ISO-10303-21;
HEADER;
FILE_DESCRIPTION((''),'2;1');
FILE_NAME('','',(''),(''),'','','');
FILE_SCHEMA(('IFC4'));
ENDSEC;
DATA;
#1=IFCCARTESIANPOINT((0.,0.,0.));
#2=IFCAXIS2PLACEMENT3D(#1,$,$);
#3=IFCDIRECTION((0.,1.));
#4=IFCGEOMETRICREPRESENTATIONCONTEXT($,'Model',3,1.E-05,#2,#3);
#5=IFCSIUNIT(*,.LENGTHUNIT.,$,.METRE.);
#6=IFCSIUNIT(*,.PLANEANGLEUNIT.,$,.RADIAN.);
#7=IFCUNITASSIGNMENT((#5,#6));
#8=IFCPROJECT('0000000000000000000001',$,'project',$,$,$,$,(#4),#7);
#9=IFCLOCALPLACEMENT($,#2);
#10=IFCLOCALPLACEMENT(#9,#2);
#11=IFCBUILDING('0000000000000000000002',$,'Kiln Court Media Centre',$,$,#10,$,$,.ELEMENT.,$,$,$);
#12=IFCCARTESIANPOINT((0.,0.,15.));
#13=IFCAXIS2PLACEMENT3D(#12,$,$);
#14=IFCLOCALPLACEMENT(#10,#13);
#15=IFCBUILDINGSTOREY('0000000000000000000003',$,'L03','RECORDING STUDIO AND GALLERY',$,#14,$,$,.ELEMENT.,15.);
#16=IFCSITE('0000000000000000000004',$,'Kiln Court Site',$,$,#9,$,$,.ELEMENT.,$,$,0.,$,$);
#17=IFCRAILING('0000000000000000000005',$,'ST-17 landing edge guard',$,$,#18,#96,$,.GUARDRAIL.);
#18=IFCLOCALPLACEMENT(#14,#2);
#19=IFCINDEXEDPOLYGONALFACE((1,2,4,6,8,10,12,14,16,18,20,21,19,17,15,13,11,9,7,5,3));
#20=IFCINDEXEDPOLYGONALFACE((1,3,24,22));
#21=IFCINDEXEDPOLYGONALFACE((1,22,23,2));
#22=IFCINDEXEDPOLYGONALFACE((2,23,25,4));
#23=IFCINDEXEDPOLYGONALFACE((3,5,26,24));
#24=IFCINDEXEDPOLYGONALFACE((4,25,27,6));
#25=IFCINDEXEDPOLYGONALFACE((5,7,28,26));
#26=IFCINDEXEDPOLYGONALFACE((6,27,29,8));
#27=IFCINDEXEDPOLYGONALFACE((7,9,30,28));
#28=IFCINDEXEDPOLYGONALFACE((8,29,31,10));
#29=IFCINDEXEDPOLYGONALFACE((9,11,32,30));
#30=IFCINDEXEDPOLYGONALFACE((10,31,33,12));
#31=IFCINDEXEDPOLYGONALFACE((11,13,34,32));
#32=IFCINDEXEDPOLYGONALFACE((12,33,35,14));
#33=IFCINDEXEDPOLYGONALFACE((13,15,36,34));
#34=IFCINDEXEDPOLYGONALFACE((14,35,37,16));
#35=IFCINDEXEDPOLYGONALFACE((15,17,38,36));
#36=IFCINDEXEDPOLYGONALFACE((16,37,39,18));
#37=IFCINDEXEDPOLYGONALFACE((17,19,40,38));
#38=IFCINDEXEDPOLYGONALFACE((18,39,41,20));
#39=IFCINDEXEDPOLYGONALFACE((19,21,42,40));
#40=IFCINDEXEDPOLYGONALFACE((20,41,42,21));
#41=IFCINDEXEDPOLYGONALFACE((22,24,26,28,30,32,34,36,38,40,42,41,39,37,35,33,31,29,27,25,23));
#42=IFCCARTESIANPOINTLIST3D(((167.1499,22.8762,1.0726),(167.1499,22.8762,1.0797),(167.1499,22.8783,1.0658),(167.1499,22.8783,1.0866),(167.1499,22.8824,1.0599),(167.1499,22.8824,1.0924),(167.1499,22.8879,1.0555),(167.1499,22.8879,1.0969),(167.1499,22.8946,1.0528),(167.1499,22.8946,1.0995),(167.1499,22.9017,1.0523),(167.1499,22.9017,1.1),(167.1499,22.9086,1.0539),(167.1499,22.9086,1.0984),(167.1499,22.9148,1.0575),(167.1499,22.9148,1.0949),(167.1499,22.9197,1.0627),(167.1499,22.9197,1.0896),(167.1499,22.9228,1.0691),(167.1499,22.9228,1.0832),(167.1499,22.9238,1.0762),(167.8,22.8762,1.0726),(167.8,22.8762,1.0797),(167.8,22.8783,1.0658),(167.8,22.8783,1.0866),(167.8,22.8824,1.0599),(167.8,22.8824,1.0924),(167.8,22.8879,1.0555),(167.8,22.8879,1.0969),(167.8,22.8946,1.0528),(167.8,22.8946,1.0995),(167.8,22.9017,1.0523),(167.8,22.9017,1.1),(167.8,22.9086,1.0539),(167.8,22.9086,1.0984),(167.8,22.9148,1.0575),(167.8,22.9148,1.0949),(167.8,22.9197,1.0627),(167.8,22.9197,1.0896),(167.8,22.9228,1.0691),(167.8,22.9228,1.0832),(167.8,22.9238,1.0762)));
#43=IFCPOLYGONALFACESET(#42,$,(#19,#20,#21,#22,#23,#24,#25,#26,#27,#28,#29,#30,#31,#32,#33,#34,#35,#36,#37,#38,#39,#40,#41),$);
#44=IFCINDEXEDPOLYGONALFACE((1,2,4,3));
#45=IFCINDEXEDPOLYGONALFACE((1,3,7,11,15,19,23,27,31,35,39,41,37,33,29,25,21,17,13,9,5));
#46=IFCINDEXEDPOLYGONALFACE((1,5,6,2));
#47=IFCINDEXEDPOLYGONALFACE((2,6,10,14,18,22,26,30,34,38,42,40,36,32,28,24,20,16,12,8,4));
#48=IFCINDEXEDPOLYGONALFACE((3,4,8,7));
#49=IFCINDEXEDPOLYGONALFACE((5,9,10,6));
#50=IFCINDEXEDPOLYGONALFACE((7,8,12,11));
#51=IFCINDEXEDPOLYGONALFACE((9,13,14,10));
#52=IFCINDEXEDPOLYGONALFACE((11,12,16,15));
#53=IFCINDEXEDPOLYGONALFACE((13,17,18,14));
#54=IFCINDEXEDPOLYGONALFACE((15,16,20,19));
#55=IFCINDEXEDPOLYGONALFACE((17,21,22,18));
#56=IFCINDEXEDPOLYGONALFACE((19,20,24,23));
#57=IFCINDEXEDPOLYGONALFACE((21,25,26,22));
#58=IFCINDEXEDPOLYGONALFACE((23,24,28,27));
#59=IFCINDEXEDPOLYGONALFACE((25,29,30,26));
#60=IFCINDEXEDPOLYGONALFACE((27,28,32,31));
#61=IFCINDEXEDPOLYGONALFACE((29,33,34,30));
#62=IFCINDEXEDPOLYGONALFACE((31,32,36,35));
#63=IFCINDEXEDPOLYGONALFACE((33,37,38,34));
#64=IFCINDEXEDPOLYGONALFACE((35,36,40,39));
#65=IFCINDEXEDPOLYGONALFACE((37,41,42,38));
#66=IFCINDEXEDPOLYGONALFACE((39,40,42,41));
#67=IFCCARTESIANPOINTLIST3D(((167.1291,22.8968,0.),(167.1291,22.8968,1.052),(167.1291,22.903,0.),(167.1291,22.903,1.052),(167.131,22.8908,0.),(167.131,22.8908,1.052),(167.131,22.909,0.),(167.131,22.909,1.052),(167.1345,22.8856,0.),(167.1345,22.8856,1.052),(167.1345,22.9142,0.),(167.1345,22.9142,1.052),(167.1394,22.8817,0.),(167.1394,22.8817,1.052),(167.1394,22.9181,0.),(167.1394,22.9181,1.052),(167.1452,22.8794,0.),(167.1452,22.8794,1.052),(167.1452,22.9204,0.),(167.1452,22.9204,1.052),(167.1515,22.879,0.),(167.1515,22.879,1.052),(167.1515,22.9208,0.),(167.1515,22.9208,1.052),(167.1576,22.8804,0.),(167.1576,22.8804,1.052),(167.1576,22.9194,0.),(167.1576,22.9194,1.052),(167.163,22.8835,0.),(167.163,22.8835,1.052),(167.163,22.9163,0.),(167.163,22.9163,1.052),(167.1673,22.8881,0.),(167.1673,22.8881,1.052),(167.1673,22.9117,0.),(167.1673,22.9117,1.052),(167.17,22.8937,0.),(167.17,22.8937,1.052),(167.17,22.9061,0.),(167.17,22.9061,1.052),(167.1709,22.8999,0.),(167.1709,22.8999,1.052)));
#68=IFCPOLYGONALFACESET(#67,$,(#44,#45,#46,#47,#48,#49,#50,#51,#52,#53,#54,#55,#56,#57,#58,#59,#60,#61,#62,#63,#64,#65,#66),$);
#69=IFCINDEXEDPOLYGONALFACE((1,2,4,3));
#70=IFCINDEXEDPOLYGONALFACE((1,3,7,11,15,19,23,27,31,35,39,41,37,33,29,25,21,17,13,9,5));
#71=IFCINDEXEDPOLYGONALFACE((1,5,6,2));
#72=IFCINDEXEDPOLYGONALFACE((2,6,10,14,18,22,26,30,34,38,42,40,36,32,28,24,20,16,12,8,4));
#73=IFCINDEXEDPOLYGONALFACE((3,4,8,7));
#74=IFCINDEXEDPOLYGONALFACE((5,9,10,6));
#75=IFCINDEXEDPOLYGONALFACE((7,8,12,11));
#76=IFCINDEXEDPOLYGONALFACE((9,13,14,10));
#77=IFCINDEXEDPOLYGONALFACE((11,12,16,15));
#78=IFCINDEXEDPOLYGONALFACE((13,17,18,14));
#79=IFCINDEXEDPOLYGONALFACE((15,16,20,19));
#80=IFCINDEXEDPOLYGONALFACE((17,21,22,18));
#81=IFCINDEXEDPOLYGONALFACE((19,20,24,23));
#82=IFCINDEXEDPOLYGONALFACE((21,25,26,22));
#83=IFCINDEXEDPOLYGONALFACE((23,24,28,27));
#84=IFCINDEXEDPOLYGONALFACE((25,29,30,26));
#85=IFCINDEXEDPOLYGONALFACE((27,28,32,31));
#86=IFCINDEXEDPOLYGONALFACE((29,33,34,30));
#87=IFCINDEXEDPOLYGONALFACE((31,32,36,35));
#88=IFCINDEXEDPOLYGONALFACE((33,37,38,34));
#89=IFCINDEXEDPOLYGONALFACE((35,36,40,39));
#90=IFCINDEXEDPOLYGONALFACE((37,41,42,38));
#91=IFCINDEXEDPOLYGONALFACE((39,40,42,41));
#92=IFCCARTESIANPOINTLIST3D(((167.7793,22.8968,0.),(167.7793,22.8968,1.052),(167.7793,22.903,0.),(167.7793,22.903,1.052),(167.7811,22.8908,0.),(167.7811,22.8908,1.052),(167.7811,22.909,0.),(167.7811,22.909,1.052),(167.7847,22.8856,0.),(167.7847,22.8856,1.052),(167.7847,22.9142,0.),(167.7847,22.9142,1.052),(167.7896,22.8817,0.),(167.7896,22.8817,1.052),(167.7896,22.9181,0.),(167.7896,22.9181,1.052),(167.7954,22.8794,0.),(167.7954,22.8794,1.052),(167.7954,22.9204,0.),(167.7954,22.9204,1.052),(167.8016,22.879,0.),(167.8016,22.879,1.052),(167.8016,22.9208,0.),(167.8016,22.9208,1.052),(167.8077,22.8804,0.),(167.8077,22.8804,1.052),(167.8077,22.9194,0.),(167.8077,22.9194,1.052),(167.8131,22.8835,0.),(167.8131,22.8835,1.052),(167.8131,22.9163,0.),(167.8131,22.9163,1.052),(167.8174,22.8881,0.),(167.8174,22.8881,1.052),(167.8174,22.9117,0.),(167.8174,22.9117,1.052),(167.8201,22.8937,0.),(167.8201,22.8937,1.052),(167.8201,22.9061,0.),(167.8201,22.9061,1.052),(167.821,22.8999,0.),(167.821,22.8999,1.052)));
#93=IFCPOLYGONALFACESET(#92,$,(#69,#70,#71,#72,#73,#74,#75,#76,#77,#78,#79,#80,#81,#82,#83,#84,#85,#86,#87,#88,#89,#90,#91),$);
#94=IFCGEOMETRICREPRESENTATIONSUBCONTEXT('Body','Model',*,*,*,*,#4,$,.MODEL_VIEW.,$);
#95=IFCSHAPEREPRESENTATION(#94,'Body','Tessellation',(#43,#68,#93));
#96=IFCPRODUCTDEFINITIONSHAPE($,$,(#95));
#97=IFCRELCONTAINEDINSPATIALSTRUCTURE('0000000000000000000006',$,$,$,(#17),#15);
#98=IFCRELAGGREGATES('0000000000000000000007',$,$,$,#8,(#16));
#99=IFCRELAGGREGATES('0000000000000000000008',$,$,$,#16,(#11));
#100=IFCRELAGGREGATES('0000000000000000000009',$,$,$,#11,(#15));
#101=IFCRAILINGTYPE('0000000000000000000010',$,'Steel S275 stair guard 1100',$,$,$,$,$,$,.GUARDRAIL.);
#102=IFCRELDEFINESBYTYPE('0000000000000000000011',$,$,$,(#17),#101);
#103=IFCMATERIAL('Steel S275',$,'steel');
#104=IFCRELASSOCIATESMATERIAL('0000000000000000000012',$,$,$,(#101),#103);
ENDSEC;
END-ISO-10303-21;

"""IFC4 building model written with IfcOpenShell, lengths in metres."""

from ifc_helpers import new_model, si_unit, direction, frame, origin, origin_2d, place, context, subcontext, project, spatial, circle, extrude, material, type_object, element, save


model = new_model("IFC4")

# Units and contexts
model_context = context("Model", 3, precision=1e-05, world=origin(), true_north=direction((0.0, 1.0)))
body_context = subcontext(model_context, "Body", "Model", "MODEL_VIEW")
ifc_project = project(units=[si_unit("LENGTHUNIT", "METRE"), si_unit("PLANEANGLEUNIT", "RADIAN")], contexts=[model_context])

# Site, building, storey
site_placement = place(None, origin())
site = spatial("IfcSite", under=ifc_project, at=site_placement, Name="Kiln Court Site", CompositionType="ELEMENT", RefElevation=0.0)
building_placement = place(site_placement, origin())
building = spatial("IfcBuilding", under=site, at=building_placement, Name="Kiln Court Media Centre", CompositionType="ELEMENT")
storey_placement = place(building_placement, frame((0.0, 0.0, 15.0)))
storey = spatial("IfcBuildingStorey", under=building, at=storey_placement, Name="L03", Description="RECORDING STUDIO AND GALLERY", CompositionType="ELEMENT", Elevation=15.0)

# Railing
ifc_material_1 = material(Name="Steel S275", Category="steel")
railing_type_1 = type_object("IfcRailingType", Name="Steel S275 stair guard 1100", PredefinedType="GUARDRAIL", material=ifc_material_1)
for number, where, name in (
    (1, (167.1499, 22.8999, 0.0), "ST-17 landing edge guard"),
):
    element("IfcRailing", number, at=place(storey_placement, frame(where)), inside=storey, type_object=railing_type_1, Name=name, PredefinedType="GUARDRAIL", context=body_context, shape_type="SweptSolid", body=[
        extrude(circle(Radius=0.0239, at=origin_2d()), frame((0.0, 0.0, 1.0762), z_axis=(1.0, 0.0, 0.0), x_axis=(0.0, 1.0, 0.0)), (0.0, 0.0, 1.0), 0.6501),
        extrude(circle(Radius=0.021, at=origin_2d()), origin(), (0.0, 0.0, 1.0), 1.052),
        extrude(circle(Radius=0.021, at=origin_2d()), frame((0.6501, 0.0, 0.0)), (0.0, 0.0, 1.0), 1.052),
    ])

save(model, "model.ifc")
